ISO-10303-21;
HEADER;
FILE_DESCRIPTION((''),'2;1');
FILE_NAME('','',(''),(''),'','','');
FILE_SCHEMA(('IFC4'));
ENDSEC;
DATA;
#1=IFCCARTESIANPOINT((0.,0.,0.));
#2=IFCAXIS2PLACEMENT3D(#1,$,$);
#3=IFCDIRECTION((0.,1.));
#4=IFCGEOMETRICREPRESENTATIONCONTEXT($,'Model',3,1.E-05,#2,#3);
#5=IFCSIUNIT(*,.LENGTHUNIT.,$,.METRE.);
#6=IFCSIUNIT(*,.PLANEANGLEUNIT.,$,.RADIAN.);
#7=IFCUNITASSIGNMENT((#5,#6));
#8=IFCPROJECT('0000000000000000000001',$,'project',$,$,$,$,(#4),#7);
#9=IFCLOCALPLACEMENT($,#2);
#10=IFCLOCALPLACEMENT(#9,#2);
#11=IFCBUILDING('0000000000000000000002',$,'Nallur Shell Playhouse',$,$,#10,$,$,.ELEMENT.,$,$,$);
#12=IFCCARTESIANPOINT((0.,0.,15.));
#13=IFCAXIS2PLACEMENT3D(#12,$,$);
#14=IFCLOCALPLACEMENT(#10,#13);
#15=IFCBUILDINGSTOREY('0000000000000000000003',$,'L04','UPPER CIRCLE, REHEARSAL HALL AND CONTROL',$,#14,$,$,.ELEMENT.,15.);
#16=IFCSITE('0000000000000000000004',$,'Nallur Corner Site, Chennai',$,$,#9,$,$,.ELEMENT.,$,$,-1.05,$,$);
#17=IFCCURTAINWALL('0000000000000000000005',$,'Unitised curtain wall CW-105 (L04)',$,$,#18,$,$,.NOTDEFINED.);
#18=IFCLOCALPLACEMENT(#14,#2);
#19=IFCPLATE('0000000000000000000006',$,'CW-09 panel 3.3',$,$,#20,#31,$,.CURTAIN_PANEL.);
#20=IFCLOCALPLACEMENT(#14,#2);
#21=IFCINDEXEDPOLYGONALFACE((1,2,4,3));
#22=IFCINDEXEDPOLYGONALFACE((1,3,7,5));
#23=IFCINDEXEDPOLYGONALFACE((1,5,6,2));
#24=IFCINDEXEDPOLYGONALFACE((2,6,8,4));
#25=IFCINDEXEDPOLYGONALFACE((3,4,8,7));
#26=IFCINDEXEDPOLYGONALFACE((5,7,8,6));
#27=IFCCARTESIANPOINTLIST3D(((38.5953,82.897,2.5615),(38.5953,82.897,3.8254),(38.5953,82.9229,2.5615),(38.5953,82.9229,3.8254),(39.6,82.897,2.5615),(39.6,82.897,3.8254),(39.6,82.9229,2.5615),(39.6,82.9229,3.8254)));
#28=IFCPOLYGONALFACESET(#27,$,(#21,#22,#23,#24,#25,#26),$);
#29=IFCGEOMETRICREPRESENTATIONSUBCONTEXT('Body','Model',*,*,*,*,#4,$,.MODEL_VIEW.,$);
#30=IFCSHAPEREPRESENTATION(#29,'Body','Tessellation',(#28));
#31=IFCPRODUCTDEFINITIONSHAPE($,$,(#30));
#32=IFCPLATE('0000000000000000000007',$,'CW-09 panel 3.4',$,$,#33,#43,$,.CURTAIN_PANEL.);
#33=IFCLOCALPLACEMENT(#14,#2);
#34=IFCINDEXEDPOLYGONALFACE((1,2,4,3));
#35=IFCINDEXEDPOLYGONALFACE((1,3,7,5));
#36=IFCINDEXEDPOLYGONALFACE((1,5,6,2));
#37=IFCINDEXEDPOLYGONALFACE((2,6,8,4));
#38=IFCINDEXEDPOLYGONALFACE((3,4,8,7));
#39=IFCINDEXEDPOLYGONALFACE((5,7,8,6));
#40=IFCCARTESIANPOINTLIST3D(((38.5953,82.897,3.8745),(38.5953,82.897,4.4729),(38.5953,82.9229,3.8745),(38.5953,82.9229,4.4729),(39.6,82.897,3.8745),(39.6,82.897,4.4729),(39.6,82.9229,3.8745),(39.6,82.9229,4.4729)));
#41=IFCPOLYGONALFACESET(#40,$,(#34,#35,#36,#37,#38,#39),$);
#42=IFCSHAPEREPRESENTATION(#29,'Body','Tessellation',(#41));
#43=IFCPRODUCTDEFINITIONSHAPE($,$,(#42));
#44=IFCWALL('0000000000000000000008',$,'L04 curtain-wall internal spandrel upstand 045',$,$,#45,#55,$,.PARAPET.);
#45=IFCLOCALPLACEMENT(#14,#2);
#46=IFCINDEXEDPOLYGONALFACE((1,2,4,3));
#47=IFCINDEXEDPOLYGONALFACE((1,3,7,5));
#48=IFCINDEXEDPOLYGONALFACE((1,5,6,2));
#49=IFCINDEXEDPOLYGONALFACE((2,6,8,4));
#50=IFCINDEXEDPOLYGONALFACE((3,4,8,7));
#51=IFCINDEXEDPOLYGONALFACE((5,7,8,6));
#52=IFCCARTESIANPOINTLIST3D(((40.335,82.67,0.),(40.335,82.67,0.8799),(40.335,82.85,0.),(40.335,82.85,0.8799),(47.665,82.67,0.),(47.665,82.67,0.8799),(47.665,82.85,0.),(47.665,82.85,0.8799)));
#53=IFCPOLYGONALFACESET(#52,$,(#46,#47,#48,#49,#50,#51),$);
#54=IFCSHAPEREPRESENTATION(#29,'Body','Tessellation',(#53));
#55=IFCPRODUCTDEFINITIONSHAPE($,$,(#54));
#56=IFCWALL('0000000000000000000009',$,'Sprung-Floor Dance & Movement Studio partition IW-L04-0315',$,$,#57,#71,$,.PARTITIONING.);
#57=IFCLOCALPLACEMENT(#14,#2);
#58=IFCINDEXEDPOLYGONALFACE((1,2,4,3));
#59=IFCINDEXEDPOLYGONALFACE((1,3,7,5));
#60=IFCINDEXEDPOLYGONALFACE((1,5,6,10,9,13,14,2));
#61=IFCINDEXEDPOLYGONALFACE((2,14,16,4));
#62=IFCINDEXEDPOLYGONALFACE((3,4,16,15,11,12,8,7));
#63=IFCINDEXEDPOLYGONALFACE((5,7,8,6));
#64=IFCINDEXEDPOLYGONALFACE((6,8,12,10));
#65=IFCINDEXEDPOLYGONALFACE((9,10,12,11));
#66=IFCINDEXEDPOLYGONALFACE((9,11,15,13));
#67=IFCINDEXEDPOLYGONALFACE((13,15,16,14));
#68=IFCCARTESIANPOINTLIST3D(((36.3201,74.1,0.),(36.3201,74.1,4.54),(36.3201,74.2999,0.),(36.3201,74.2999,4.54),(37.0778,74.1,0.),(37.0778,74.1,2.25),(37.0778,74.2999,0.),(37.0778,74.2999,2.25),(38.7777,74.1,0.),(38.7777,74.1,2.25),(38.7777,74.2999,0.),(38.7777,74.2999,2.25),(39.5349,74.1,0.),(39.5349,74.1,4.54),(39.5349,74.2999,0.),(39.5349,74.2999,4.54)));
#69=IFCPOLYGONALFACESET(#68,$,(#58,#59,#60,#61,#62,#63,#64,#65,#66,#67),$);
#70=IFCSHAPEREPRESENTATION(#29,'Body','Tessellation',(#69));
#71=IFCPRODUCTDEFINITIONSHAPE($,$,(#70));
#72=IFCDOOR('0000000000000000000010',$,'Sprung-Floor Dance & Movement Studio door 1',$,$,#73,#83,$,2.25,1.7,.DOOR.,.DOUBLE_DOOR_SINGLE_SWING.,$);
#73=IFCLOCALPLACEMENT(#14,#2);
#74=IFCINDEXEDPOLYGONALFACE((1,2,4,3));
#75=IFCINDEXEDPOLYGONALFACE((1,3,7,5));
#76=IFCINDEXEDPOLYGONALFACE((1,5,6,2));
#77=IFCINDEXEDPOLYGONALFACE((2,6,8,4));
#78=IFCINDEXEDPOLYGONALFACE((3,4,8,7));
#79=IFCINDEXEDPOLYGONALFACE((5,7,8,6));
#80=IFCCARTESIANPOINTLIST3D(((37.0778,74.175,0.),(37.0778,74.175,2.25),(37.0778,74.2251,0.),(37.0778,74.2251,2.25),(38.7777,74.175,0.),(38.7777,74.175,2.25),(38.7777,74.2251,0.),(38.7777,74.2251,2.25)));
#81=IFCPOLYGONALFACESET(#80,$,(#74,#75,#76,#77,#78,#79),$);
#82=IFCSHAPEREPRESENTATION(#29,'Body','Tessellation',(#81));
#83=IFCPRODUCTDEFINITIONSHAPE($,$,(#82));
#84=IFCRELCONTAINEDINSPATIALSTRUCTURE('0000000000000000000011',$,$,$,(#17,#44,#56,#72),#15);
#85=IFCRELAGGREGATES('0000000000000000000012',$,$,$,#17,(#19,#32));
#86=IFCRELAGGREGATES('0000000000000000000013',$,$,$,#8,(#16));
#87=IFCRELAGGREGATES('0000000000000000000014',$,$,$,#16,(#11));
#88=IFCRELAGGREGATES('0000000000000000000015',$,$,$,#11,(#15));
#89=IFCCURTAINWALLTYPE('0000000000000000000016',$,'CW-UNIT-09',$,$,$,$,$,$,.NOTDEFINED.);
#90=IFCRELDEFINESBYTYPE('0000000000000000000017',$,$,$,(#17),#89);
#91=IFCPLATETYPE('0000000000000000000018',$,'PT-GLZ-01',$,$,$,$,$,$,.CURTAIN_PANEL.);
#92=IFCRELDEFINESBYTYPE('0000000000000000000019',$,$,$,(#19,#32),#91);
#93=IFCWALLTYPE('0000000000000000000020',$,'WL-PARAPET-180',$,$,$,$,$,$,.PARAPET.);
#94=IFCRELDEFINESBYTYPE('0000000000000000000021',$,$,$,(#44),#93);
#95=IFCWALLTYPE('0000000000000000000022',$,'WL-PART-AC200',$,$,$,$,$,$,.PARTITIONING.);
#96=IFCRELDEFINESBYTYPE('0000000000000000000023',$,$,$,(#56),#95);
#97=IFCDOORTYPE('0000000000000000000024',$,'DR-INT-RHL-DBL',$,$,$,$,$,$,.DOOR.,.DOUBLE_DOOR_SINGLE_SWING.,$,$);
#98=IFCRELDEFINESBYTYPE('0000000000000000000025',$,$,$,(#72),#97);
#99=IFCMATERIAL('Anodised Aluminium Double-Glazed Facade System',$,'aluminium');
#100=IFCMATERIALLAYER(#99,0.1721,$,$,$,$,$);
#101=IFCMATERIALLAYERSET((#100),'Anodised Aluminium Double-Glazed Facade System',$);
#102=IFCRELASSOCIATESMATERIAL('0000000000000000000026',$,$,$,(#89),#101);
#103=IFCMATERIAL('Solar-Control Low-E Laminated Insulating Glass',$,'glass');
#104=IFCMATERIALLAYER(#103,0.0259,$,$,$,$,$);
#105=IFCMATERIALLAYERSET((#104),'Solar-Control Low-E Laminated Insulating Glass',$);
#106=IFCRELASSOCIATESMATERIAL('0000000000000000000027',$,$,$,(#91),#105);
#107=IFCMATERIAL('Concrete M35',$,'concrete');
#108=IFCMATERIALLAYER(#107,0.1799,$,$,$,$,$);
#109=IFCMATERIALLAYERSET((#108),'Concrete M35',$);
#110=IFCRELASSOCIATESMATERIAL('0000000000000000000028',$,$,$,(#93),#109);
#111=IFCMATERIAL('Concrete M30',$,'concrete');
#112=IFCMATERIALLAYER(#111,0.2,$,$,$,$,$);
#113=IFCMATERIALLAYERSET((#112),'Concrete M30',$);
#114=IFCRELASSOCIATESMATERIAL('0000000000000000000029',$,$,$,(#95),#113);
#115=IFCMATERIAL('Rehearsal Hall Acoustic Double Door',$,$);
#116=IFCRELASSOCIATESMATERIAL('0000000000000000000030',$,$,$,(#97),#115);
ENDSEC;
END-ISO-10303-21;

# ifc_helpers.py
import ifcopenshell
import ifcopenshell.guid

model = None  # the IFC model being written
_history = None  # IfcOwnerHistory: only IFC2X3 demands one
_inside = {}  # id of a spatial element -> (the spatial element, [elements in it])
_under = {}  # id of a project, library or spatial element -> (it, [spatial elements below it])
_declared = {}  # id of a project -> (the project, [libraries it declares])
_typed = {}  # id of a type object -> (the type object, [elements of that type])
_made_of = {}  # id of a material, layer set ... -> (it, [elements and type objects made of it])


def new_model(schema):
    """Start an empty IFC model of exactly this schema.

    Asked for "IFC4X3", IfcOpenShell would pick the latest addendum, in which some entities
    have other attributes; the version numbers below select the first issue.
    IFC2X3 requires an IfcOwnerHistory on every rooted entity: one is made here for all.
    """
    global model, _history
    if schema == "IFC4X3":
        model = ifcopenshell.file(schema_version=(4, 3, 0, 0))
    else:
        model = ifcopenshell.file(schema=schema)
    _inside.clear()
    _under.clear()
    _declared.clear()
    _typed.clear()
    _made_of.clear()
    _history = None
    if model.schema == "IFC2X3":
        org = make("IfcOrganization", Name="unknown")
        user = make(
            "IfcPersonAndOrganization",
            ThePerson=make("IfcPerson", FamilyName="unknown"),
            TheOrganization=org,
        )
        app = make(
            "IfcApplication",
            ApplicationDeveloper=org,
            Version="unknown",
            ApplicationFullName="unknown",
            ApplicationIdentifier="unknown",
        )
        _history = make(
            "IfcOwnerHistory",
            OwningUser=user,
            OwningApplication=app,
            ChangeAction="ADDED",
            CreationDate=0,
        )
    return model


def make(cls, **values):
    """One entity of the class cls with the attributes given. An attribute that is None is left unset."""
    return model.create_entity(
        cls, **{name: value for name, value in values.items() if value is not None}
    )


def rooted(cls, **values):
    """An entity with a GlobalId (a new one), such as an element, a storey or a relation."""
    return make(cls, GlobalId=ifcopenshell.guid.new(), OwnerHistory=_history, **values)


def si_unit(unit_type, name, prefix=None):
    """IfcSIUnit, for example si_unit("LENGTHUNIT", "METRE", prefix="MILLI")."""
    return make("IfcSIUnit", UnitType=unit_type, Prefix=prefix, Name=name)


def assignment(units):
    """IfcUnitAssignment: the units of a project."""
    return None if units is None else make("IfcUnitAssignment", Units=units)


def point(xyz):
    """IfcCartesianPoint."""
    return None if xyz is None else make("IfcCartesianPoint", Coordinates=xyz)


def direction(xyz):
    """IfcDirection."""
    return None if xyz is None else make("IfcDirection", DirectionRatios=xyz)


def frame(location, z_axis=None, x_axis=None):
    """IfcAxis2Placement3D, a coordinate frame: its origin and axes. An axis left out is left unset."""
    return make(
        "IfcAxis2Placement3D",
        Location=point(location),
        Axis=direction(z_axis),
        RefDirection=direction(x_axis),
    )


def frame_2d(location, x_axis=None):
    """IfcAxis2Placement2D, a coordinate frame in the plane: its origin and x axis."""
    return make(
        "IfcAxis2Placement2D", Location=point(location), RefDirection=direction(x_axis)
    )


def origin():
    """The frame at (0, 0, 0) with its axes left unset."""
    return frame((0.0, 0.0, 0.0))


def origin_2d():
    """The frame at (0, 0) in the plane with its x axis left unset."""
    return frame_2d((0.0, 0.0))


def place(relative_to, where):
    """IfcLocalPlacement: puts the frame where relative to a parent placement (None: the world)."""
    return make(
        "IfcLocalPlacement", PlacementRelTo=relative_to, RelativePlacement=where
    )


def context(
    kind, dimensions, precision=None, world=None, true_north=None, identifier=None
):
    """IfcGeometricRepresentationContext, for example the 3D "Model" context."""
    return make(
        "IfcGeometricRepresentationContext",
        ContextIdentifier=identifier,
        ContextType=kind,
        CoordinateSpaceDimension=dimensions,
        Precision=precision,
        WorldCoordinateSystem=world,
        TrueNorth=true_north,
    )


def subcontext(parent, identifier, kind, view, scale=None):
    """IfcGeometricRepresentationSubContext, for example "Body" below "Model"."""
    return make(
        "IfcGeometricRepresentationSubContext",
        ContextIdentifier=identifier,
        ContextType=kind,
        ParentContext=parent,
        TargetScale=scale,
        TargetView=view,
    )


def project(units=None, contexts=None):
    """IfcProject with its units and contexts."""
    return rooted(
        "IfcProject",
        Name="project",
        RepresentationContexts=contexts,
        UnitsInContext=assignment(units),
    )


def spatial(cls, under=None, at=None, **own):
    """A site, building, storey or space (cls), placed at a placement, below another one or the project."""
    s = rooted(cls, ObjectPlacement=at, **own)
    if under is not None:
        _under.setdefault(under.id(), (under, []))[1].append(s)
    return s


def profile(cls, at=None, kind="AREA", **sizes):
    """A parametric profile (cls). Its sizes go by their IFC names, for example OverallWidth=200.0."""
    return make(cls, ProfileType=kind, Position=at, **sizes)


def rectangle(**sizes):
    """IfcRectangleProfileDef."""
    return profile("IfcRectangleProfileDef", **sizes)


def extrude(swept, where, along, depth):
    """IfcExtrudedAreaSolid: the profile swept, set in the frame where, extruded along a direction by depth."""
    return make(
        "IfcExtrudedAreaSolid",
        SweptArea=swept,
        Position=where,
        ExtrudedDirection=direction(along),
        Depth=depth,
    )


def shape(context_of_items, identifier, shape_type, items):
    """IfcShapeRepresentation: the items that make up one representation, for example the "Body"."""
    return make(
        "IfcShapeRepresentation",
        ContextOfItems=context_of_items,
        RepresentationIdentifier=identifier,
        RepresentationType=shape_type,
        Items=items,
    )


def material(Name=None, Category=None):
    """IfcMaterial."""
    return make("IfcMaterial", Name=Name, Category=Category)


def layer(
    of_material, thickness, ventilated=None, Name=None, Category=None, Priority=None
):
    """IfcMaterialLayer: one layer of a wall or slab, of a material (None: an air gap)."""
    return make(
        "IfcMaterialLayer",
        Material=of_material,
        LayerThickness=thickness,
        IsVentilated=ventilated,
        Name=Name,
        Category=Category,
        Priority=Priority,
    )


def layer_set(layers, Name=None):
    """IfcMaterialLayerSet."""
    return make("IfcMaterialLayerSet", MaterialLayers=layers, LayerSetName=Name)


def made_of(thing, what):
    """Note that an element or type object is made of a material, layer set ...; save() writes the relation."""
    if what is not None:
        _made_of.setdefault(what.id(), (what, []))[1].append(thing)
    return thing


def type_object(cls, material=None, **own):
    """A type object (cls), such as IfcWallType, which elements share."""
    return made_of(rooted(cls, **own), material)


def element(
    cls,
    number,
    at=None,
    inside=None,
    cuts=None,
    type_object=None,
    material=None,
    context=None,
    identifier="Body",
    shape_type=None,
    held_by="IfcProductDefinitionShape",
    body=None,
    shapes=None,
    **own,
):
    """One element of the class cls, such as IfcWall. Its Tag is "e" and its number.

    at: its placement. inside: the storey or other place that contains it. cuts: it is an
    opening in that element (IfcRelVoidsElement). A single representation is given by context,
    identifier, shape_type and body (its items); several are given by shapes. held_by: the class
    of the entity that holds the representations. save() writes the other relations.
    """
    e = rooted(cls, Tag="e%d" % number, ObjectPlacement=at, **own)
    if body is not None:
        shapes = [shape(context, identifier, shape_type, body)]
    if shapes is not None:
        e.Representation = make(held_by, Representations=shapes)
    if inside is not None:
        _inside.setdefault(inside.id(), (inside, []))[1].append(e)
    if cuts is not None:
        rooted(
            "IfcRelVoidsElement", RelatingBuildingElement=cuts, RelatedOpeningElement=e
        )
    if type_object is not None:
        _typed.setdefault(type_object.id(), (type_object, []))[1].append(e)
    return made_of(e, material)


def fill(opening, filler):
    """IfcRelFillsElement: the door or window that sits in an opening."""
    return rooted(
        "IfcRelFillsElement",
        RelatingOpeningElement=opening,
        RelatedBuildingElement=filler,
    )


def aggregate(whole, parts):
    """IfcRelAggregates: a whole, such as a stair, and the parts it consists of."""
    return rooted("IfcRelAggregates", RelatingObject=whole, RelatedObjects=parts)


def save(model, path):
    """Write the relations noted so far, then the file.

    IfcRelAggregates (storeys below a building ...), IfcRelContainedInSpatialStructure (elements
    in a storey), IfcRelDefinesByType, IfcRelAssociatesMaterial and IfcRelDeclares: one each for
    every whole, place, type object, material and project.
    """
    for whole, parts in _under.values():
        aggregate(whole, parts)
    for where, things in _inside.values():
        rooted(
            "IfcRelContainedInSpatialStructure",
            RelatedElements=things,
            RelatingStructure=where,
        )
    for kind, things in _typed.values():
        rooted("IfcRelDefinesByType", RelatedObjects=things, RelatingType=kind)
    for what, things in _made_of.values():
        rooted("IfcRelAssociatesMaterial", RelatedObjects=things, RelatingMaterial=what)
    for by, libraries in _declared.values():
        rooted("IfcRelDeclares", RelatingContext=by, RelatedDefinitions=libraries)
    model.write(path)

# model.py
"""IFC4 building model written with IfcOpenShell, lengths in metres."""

from ifc_helpers import new_model, si_unit, direction, frame, frame_2d, origin, origin_2d, place, context, subcontext, project, spatial, rectangle, extrude, material, layer, layer_set, type_object, element, fill, aggregate, save


model = new_model("IFC4")

# Units and contexts
model_context = context("Model", 3, precision=1e-05, world=origin(), true_north=direction((0.0, 1.0)))
body_context = subcontext(model_context, "Body", "Model", "MODEL_VIEW")
ifc_project = project(units=[si_unit("LENGTHUNIT", "METRE"), si_unit("PLANEANGLEUNIT", "RADIAN")], contexts=[model_context])

# Site, building, storey
site_placement = place(None, origin())
site = spatial("IfcSite", under=ifc_project, at=site_placement, Name="Nallur Corner Site, Chennai", CompositionType="ELEMENT", RefElevation=-1.05)
building_placement = place(site_placement, origin())
building = spatial("IfcBuilding", under=site, at=building_placement, Name="Nallur Shell Playhouse", CompositionType="ELEMENT")
storey_placement = place(building_placement, frame((0.0, 0.0, 15.0)))
storey = spatial("IfcBuildingStorey", under=building, at=storey_placement, Name="L04", Description="UPPER CIRCLE, REHEARSAL HALL AND CONTROL", CompositionType="ELEMENT", Elevation=15.0)

# Shared definitions
ifc_material_1 = material(Name="Concrete M35", Category="concrete")

# Shared definitions
ifc_material_2 = material(Name="Anodised Aluminium Double-Glazed Facade System", Category="aluminium")

# Curtain wall
ifc_layer_1 = layer(ifc_material_2, 0.1721)
ifc_layer_set_1 = layer_set([ifc_layer_1], Name="Anodised Aluminium Double-Glazed Facade System")
curtain_wall_type_1 = type_object("IfcCurtainWallType", Name="CW-UNIT-09", PredefinedType="NOTDEFINED", material=ifc_layer_set_1)
curtain_wall_1_placement = place(storey_placement, origin())
curtain_wall_1 = element("IfcCurtainWall", 1, at=curtain_wall_1_placement, inside=storey, type_object=curtain_wall_type_1, Name="Unitised curtain wall CW-105 (L04)", PredefinedType="NOTDEFINED")

# Plates
ifc_material_3 = material(Name="Solar-Control Low-E Laminated Insulating Glass", Category="glass")
ifc_layer_2 = layer(ifc_material_3, 0.0259)
ifc_layer_set_2 = layer_set([ifc_layer_2], Name="Solar-Control Low-E Laminated Insulating Glass")
plate_type = type_object("IfcPlateType", Name="PT-GLZ-01", PredefinedType="CURTAIN_PANEL", material=ifc_layer_set_2)
plate_1_placement = place(storey_placement, frame((39.0977, 82.9099, 2.5615), z_axis=(0.0, 0.0, 1.0), x_axis=(1.0, 0.0, 0.0)))
plate_1 = element("IfcPlate", 2, at=plate_1_placement, type_object=plate_type, Name="CW-09 panel 3.3", PredefinedType="CURTAIN_PANEL", context=body_context, shape_type="SweptSolid", body=[
    extrude(rectangle(XDim=1.0046, YDim=0.0259, at=origin_2d()), origin(), (0.0, 0.0, 1.0), 1.2639),
])
plate_2_placement = place(storey_placement, frame((39.0977, 82.9099, 3.8745), z_axis=(0.0, 0.0, 1.0), x_axis=(1.0, 0.0, 0.0)))
plate_2 = element("IfcPlate", 3, at=plate_2_placement, type_object=plate_type, Name="CW-09 panel 3.4", PredefinedType="CURTAIN_PANEL", context=body_context, shape_type="SweptSolid", body=[
    extrude(rectangle(XDim=1.0046, YDim=0.0259, at=origin_2d()), origin(), (0.0, 0.0, 1.0), 0.5984),
])
aggregate(curtain_wall_1, [plate_1, plate_2])

# Wall
ifc_layer_3 = layer(ifc_material_1, 0.1799)
ifc_layer_set_3 = layer_set([ifc_layer_3], Name="Concrete M35")
wall_type_1 = type_object("IfcWallType", Name="WL-PARAPET-180", PredefinedType="PARAPET", material=ifc_layer_set_3)
wall_1_placement = place(storey_placement, frame((40.335, 82.76, 0.0), z_axis=(0.0, 0.0, 1.0), x_axis=(1.0, 0.0, 0.0)))
element("IfcWall", 4, at=wall_1_placement, inside=storey, type_object=wall_type_1, Name="L04 curtain-wall internal spandrel upstand 045", PredefinedType="PARAPET", context=body_context, shape_type="SweptSolid", body=[
    extrude(rectangle(XDim=7.3301, YDim=0.1799, at=frame_2d((3.665, 0.0))), origin(), (0.0, 0.0, 1.0), 0.8799),
])

# Wall, opening, door
ifc_material_4 = material(Name="Concrete M30", Category="concrete")
ifc_layer_4 = layer(ifc_material_4, 0.2)
ifc_layer_set_4 = layer_set([ifc_layer_4], Name="Concrete M30")
wall_type_2 = type_object("IfcWallType", Name="WL-PART-AC200", PredefinedType="PARTITIONING", material=ifc_layer_set_4)
wall_2_placement = place(storey_placement, frame((39.5349, 74.2, 0.0), z_axis=(0.0, 0.0, 1.0), x_axis=(-1.0, 0.0, 0.0)))
wall_2 = element("IfcWall", 5, at=wall_2_placement, inside=storey, type_object=wall_type_2, Name="Sprung-Floor Dance & Movement Studio partition IW-L04-0315", PredefinedType="PARTITIONING", context=body_context, shape_type="SweptSolid", body=[
    extrude(rectangle(XDim=3.2148, YDim=0.2, at=frame_2d((1.6074, 0.0))), origin(), (0.0, 0.0, 1.0), 4.54),
])
opening_placement = place(wall_2_placement, frame((0.7571, 0.0, 0.0)))
opening = element("IfcOpeningElement", 6, at=opening_placement, cuts=wall_2, PredefinedType="OPENING", context=body_context, shape_type="SweptSolid", body=[
    extrude(rectangle(XDim=1.7, YDim=2.25, at=frame_2d((0.8501, 1.125))), frame((0.0, 0.1099, 0.0), z_axis=(0.0, -1.0, 0.0), x_axis=(1.0, 0.0, 0.0)), (0.0, 0.0, 1.0), 0.22),
])
ifc_material_5 = material(Name="Rehearsal Hall Acoustic Double Door")
door_type = type_object("IfcDoorType", Name="DR-INT-RHL-DBL", OperationType="DOUBLE_DOOR_SINGLE_SWING", PredefinedType="DOOR", material=ifc_material_5)
door_placement = place(opening_placement, origin())
door = element("IfcDoor", 7, at=door_placement, inside=storey, type_object=door_type, Name="Sprung-Floor Dance & Movement Studio door 1", OperationType="DOUBLE_DOOR_SINGLE_SWING", OverallHeight=2.25, OverallWidth=1.7, PredefinedType="DOOR", context=body_context, shape_type="SweptSolid", body=[
    extrude(rectangle(XDim=1.7, YDim=2.25, at=frame_2d((0.8501, 1.125))), frame((0.0, 0.0249, 0.0), z_axis=(0.0, -1.0, 0.0), x_axis=(1.0, 0.0, 0.0)), (0.0, 0.0, 1.0), 0.05),
])
fill(opening, door)

save(model, "model.ifc")
